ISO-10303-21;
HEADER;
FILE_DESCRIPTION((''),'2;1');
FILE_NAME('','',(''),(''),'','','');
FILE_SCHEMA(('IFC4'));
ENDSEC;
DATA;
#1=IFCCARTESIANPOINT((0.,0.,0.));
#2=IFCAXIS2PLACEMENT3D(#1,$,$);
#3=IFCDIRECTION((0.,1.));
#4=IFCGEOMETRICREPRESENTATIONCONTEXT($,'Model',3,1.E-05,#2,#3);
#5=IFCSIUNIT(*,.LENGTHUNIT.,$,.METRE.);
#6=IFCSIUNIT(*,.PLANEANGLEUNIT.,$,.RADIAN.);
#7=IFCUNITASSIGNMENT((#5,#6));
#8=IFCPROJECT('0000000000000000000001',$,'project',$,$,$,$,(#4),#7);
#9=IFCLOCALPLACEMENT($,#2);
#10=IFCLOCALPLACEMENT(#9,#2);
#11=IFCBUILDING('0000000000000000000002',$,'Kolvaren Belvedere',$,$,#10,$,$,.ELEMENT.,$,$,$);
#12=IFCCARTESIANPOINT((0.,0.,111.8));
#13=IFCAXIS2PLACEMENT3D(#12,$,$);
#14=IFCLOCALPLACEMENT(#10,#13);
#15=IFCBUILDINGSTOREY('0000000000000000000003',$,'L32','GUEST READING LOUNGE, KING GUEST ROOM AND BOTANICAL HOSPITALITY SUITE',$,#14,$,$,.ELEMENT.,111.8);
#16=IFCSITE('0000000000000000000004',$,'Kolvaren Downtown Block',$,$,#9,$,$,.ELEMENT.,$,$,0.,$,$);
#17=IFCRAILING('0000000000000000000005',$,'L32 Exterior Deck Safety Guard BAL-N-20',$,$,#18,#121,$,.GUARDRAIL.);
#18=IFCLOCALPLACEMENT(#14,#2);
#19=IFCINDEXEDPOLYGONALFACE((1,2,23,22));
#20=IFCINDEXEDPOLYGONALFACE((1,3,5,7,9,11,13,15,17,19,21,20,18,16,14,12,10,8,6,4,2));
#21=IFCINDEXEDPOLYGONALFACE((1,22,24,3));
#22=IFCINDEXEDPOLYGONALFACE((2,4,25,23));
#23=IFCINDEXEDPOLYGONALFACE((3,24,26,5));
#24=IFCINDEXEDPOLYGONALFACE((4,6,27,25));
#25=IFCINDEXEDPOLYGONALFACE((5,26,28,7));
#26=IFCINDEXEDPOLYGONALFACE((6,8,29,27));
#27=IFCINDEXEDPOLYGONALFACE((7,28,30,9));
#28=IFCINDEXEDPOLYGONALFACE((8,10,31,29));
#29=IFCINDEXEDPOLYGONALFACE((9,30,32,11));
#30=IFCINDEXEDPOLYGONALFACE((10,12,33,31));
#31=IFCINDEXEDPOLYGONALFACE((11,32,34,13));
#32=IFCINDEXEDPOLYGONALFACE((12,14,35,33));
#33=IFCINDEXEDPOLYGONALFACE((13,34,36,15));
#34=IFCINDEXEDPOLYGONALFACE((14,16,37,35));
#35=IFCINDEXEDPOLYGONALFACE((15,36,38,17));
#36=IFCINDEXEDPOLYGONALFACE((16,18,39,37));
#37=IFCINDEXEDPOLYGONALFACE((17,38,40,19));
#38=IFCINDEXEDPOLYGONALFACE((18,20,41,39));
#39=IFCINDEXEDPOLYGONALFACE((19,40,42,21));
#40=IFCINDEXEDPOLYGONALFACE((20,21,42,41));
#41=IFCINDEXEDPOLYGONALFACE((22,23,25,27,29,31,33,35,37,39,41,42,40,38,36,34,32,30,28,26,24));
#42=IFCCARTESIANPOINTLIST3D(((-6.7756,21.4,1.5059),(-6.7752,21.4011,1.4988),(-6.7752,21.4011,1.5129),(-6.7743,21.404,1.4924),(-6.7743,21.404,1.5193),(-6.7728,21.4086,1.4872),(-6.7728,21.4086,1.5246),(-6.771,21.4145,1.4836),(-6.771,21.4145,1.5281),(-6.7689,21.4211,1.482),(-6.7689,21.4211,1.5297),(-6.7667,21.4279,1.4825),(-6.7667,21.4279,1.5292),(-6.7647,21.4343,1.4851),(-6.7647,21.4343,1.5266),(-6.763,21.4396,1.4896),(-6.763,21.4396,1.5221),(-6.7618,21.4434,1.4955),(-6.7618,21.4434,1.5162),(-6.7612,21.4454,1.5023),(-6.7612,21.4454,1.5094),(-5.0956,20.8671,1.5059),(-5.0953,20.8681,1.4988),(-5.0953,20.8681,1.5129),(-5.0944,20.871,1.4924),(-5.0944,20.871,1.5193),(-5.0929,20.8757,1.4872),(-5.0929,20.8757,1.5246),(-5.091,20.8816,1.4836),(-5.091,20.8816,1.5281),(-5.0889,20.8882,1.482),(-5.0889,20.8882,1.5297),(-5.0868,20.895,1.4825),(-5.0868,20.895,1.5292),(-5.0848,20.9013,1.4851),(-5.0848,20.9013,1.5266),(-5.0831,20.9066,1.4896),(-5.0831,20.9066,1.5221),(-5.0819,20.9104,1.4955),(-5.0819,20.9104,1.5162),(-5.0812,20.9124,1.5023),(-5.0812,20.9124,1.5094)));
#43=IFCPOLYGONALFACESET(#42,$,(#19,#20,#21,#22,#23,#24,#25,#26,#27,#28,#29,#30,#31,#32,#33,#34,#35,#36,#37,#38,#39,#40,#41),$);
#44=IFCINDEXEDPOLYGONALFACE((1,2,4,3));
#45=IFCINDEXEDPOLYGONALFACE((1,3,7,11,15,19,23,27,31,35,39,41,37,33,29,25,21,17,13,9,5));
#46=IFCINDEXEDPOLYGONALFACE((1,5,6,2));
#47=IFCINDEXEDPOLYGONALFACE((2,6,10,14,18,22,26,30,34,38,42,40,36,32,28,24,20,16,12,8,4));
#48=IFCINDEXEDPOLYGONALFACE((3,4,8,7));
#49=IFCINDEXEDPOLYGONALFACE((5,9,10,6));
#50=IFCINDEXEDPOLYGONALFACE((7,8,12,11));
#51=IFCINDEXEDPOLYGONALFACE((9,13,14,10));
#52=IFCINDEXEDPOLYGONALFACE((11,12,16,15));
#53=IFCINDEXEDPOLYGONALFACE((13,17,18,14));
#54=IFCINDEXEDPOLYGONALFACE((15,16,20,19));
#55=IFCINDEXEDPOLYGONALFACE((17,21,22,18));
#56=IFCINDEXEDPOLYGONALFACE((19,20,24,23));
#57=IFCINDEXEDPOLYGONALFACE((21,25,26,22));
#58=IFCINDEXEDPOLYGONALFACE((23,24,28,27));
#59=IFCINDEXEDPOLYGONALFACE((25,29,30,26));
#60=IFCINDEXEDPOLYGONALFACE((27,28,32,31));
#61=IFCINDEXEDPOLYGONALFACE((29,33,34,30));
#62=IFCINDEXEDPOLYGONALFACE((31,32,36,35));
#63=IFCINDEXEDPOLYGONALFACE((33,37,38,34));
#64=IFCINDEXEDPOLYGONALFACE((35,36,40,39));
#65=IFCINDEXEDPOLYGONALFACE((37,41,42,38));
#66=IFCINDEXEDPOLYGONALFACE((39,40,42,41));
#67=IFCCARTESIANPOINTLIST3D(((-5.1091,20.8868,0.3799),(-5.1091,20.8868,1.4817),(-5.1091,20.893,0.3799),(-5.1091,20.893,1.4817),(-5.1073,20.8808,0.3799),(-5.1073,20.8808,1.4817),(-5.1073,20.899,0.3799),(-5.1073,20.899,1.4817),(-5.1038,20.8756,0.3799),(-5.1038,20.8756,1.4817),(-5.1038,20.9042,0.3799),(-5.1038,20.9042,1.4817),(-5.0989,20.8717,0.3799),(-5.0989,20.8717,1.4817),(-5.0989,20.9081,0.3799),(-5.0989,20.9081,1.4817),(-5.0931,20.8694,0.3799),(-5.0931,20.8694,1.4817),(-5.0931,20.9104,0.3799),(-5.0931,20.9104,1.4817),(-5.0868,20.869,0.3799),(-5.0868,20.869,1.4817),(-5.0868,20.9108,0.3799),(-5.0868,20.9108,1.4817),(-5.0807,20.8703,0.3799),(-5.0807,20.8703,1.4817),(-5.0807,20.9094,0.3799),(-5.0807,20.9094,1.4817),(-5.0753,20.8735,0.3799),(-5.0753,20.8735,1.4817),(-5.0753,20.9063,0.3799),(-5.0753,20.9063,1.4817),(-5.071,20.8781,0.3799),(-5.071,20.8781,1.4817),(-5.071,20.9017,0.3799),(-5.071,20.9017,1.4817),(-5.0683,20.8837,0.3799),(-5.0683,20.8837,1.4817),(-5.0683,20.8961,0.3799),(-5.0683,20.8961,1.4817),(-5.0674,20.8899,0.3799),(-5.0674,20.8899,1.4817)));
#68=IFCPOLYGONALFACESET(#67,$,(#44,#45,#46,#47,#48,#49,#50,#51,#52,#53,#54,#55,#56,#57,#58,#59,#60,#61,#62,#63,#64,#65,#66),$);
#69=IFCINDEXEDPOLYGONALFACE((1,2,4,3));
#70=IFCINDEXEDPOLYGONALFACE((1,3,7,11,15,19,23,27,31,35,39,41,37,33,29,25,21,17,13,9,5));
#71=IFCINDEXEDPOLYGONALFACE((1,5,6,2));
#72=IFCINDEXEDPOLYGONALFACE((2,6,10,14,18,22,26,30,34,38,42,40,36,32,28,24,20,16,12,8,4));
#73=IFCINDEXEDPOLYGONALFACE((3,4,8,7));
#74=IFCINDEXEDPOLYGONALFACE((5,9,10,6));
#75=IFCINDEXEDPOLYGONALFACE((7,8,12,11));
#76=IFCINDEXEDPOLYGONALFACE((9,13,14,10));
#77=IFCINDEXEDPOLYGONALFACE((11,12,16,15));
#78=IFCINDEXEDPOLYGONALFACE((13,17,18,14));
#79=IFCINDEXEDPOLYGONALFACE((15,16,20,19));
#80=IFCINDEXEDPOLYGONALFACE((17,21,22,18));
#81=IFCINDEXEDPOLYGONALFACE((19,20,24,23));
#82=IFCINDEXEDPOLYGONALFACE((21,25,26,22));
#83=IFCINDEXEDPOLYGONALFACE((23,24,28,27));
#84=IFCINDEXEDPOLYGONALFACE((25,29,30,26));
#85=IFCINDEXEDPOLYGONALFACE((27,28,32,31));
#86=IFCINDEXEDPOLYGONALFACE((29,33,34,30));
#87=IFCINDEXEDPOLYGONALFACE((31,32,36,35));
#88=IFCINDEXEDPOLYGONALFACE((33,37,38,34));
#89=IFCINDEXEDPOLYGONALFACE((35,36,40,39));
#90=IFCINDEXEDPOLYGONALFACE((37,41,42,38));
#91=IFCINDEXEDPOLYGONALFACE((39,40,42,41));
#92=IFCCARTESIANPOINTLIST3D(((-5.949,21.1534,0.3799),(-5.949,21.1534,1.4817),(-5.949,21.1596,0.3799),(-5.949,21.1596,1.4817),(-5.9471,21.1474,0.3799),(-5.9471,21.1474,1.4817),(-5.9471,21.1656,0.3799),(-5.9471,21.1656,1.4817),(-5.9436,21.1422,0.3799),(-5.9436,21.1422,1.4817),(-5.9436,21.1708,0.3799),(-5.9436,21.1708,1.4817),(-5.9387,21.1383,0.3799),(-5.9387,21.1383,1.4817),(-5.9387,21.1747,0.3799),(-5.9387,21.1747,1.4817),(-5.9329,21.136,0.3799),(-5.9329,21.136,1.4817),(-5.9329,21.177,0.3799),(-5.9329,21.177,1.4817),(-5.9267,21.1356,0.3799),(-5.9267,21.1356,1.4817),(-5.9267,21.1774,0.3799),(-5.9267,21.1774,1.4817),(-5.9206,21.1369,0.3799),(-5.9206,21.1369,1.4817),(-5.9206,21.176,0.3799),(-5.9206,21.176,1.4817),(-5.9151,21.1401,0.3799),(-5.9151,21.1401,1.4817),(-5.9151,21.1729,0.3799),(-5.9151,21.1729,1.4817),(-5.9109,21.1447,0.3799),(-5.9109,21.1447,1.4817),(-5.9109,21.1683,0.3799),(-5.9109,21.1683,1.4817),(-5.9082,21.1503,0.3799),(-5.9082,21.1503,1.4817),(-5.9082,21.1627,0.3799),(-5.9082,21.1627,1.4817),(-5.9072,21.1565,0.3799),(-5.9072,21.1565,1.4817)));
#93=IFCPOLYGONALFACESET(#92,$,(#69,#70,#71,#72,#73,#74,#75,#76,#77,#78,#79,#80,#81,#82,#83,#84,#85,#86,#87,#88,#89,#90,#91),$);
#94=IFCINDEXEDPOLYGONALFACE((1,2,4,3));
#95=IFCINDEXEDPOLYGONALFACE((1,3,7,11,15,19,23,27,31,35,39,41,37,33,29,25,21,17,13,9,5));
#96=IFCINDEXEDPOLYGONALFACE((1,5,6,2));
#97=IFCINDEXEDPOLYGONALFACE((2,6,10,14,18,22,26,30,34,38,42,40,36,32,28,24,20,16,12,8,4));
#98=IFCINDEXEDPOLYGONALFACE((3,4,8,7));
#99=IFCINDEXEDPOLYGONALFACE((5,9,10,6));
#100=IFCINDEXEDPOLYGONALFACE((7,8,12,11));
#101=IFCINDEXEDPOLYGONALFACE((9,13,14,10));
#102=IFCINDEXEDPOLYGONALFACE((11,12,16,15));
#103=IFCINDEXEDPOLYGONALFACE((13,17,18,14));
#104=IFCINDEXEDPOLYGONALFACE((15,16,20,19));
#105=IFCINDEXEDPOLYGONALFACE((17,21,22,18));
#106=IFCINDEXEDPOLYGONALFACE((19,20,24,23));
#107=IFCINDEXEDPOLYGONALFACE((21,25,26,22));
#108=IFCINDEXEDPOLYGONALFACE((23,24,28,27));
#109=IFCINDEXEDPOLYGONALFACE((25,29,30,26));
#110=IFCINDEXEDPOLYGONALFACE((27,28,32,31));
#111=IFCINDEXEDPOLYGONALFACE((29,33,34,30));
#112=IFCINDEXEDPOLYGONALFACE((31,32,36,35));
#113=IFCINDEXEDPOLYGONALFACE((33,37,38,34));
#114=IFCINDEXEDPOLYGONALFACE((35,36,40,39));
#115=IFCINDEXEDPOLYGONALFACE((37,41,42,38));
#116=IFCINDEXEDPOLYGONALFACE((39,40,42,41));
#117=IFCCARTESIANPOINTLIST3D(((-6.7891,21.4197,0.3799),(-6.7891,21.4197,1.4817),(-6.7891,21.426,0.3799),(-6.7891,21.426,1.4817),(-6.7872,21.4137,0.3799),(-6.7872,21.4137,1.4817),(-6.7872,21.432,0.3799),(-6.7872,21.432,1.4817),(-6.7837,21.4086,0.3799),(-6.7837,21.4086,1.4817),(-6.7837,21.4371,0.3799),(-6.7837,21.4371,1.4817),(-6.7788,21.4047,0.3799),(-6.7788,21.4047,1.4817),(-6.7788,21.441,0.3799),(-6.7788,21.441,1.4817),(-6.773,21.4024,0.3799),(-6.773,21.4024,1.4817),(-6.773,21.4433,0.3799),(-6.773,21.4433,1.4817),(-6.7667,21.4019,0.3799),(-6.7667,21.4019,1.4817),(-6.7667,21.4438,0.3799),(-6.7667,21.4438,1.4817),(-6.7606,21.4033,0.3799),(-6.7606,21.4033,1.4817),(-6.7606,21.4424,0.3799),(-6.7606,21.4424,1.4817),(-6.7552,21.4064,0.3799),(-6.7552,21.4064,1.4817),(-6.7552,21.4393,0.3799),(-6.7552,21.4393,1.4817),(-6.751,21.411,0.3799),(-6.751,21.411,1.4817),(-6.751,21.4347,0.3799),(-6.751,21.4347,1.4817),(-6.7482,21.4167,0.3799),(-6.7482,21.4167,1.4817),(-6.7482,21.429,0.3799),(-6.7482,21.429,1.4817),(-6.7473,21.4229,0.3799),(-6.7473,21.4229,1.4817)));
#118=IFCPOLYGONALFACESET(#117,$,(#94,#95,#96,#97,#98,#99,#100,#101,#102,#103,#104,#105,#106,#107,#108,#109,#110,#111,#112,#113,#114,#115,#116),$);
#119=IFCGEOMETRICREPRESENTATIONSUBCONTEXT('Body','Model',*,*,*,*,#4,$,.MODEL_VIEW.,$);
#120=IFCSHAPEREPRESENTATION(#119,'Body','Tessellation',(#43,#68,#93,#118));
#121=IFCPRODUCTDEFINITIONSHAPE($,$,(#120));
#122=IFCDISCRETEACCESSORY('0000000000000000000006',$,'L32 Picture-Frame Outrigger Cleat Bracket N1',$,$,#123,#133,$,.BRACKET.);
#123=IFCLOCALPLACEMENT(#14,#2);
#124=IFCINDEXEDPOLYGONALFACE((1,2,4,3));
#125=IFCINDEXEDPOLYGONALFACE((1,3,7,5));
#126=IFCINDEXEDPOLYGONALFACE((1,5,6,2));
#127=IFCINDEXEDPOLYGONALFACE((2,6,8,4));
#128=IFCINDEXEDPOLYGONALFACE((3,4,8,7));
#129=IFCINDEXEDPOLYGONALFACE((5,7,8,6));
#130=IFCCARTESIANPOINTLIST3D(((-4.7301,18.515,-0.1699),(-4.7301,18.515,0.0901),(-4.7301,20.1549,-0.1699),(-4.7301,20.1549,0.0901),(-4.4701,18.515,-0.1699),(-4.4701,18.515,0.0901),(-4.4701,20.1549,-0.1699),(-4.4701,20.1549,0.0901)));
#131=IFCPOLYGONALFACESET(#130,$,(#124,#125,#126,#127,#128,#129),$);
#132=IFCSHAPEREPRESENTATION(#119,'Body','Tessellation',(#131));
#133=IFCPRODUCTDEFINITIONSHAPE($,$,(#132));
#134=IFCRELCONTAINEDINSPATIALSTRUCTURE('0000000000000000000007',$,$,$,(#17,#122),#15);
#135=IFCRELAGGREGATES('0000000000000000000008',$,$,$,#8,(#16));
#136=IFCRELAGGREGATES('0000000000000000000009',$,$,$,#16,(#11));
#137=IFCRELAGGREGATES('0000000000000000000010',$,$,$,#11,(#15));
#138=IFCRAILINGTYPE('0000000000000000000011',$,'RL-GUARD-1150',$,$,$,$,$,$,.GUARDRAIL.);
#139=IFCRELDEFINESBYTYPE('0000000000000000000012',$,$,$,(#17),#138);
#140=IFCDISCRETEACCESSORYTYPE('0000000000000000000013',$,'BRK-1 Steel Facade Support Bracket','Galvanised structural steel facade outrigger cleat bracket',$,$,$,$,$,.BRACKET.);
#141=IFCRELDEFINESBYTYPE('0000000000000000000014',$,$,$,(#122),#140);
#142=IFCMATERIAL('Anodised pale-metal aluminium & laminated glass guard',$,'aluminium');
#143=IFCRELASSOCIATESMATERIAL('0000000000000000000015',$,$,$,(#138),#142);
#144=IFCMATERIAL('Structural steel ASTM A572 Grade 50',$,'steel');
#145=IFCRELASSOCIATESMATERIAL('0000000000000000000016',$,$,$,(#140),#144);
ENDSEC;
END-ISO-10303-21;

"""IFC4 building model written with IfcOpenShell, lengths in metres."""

from ifc_helpers import new_model, si_unit, direction, frame, origin, origin_2d, place, context, subcontext, project, spatial, rectangle, circle, extrude, material, type_object, element, save


model = new_model("IFC4")

# Units and contexts
model_context = context("Model", 3, precision=1e-05, world=origin(), true_north=direction((0.0, 1.0)))
body_context = subcontext(model_context, "Body", "Model", "MODEL_VIEW")
ifc_project = project(units=[si_unit("LENGTHUNIT", "METRE"), si_unit("PLANEANGLEUNIT", "RADIAN")], contexts=[model_context])

# Site, building, storey
site_placement = place(None, origin())
site = spatial("IfcSite", under=ifc_project, at=site_placement, Name="Kolvaren Downtown Block", CompositionType="ELEMENT", RefElevation=0.0)
building_placement = place(site_placement, origin())
building = spatial("IfcBuilding", under=site, at=building_placement, Name="Kolvaren Belvedere", CompositionType="ELEMENT")
storey_placement = place(building_placement, frame((0.0, 0.0, 111.8)))
storey = spatial("IfcBuildingStorey", under=building, at=storey_placement, Name="L32", Description="GUEST READING LOUNGE, KING GUEST ROOM AND BOTANICAL HOSPITALITY SUITE", CompositionType="ELEMENT", Elevation=111.8)

# Railing
ifc_material_1 = material(Name="Anodised pale-metal aluminium & laminated glass guard", Category="aluminium")
railing_type = type_object("IfcRailingType", Name="RL-GUARD-1150", PredefinedType="GUARDRAIL", material=ifc_material_1)
railing_1_placement = place(storey_placement, frame((-5.0884, 20.8899, 0.3799)))
element("IfcRailing", 1, at=railing_1_placement, inside=storey, type_object=railing_type, Name="L32 Exterior Deck Safety Guard BAL-N-20", PredefinedType="GUARDRAIL", context=body_context, shape_type="SweptSolid", body=[
    extrude(circle(Radius=0.0239, at=origin_2d()), frame((0.0, 0.0, 1.126), z_axis=(-0.953182, 0.302397, 0.0), x_axis=(-0.302397, -0.953182, 0.0)), (0.0, 0.0, 1.0), 1.7625),
    extrude(circle(Radius=0.021, at=origin_2d()), origin(), (0.0, 0.0, 1.0), 1.1018),
    extrude(circle(Radius=0.021, at=origin_2d()), frame((-0.8398, 0.2666, 0.0)), (0.0, 0.0, 1.0), 1.1018),
    extrude(circle(Radius=0.021, at=origin_2d()), frame((-1.6799, 0.533, 0.0)), (0.0, 0.0, 1.0), 1.1018),
])

# Discrete accessory
ifc_material_2 = material(Name="Structural steel ASTM A572 Grade 50", Category="steel")
discrete_accessory_type = type_object("IfcDiscreteAccessoryType", Name="BRK-1 Steel Facade Support Bracket", Description="Galvanised structural steel facade outrigger cleat bracket", PredefinedType="BRACKET", material=ifc_material_2)
discrete_accessory_placement = place(storey_placement, frame((-4.6001, 19.335, -0.1699), z_axis=(0.0, 0.0, 1.0), x_axis=(0.0, 1.0, 0.0)))
element("IfcDiscreteAccessory", 2, at=discrete_accessory_placement, inside=storey, type_object=discrete_accessory_type, Name="L32 Picture-Frame Outrigger Cleat Bracket N1", PredefinedType="BRACKET", context=body_context, shape_type="SweptSolid", body=[
    extrude(rectangle(XDim=1.6399, YDim=0.26, at=origin_2d()), origin(), (0.0, 0.0, 1.0), 0.26),
])

save(model, "model.ifc")
